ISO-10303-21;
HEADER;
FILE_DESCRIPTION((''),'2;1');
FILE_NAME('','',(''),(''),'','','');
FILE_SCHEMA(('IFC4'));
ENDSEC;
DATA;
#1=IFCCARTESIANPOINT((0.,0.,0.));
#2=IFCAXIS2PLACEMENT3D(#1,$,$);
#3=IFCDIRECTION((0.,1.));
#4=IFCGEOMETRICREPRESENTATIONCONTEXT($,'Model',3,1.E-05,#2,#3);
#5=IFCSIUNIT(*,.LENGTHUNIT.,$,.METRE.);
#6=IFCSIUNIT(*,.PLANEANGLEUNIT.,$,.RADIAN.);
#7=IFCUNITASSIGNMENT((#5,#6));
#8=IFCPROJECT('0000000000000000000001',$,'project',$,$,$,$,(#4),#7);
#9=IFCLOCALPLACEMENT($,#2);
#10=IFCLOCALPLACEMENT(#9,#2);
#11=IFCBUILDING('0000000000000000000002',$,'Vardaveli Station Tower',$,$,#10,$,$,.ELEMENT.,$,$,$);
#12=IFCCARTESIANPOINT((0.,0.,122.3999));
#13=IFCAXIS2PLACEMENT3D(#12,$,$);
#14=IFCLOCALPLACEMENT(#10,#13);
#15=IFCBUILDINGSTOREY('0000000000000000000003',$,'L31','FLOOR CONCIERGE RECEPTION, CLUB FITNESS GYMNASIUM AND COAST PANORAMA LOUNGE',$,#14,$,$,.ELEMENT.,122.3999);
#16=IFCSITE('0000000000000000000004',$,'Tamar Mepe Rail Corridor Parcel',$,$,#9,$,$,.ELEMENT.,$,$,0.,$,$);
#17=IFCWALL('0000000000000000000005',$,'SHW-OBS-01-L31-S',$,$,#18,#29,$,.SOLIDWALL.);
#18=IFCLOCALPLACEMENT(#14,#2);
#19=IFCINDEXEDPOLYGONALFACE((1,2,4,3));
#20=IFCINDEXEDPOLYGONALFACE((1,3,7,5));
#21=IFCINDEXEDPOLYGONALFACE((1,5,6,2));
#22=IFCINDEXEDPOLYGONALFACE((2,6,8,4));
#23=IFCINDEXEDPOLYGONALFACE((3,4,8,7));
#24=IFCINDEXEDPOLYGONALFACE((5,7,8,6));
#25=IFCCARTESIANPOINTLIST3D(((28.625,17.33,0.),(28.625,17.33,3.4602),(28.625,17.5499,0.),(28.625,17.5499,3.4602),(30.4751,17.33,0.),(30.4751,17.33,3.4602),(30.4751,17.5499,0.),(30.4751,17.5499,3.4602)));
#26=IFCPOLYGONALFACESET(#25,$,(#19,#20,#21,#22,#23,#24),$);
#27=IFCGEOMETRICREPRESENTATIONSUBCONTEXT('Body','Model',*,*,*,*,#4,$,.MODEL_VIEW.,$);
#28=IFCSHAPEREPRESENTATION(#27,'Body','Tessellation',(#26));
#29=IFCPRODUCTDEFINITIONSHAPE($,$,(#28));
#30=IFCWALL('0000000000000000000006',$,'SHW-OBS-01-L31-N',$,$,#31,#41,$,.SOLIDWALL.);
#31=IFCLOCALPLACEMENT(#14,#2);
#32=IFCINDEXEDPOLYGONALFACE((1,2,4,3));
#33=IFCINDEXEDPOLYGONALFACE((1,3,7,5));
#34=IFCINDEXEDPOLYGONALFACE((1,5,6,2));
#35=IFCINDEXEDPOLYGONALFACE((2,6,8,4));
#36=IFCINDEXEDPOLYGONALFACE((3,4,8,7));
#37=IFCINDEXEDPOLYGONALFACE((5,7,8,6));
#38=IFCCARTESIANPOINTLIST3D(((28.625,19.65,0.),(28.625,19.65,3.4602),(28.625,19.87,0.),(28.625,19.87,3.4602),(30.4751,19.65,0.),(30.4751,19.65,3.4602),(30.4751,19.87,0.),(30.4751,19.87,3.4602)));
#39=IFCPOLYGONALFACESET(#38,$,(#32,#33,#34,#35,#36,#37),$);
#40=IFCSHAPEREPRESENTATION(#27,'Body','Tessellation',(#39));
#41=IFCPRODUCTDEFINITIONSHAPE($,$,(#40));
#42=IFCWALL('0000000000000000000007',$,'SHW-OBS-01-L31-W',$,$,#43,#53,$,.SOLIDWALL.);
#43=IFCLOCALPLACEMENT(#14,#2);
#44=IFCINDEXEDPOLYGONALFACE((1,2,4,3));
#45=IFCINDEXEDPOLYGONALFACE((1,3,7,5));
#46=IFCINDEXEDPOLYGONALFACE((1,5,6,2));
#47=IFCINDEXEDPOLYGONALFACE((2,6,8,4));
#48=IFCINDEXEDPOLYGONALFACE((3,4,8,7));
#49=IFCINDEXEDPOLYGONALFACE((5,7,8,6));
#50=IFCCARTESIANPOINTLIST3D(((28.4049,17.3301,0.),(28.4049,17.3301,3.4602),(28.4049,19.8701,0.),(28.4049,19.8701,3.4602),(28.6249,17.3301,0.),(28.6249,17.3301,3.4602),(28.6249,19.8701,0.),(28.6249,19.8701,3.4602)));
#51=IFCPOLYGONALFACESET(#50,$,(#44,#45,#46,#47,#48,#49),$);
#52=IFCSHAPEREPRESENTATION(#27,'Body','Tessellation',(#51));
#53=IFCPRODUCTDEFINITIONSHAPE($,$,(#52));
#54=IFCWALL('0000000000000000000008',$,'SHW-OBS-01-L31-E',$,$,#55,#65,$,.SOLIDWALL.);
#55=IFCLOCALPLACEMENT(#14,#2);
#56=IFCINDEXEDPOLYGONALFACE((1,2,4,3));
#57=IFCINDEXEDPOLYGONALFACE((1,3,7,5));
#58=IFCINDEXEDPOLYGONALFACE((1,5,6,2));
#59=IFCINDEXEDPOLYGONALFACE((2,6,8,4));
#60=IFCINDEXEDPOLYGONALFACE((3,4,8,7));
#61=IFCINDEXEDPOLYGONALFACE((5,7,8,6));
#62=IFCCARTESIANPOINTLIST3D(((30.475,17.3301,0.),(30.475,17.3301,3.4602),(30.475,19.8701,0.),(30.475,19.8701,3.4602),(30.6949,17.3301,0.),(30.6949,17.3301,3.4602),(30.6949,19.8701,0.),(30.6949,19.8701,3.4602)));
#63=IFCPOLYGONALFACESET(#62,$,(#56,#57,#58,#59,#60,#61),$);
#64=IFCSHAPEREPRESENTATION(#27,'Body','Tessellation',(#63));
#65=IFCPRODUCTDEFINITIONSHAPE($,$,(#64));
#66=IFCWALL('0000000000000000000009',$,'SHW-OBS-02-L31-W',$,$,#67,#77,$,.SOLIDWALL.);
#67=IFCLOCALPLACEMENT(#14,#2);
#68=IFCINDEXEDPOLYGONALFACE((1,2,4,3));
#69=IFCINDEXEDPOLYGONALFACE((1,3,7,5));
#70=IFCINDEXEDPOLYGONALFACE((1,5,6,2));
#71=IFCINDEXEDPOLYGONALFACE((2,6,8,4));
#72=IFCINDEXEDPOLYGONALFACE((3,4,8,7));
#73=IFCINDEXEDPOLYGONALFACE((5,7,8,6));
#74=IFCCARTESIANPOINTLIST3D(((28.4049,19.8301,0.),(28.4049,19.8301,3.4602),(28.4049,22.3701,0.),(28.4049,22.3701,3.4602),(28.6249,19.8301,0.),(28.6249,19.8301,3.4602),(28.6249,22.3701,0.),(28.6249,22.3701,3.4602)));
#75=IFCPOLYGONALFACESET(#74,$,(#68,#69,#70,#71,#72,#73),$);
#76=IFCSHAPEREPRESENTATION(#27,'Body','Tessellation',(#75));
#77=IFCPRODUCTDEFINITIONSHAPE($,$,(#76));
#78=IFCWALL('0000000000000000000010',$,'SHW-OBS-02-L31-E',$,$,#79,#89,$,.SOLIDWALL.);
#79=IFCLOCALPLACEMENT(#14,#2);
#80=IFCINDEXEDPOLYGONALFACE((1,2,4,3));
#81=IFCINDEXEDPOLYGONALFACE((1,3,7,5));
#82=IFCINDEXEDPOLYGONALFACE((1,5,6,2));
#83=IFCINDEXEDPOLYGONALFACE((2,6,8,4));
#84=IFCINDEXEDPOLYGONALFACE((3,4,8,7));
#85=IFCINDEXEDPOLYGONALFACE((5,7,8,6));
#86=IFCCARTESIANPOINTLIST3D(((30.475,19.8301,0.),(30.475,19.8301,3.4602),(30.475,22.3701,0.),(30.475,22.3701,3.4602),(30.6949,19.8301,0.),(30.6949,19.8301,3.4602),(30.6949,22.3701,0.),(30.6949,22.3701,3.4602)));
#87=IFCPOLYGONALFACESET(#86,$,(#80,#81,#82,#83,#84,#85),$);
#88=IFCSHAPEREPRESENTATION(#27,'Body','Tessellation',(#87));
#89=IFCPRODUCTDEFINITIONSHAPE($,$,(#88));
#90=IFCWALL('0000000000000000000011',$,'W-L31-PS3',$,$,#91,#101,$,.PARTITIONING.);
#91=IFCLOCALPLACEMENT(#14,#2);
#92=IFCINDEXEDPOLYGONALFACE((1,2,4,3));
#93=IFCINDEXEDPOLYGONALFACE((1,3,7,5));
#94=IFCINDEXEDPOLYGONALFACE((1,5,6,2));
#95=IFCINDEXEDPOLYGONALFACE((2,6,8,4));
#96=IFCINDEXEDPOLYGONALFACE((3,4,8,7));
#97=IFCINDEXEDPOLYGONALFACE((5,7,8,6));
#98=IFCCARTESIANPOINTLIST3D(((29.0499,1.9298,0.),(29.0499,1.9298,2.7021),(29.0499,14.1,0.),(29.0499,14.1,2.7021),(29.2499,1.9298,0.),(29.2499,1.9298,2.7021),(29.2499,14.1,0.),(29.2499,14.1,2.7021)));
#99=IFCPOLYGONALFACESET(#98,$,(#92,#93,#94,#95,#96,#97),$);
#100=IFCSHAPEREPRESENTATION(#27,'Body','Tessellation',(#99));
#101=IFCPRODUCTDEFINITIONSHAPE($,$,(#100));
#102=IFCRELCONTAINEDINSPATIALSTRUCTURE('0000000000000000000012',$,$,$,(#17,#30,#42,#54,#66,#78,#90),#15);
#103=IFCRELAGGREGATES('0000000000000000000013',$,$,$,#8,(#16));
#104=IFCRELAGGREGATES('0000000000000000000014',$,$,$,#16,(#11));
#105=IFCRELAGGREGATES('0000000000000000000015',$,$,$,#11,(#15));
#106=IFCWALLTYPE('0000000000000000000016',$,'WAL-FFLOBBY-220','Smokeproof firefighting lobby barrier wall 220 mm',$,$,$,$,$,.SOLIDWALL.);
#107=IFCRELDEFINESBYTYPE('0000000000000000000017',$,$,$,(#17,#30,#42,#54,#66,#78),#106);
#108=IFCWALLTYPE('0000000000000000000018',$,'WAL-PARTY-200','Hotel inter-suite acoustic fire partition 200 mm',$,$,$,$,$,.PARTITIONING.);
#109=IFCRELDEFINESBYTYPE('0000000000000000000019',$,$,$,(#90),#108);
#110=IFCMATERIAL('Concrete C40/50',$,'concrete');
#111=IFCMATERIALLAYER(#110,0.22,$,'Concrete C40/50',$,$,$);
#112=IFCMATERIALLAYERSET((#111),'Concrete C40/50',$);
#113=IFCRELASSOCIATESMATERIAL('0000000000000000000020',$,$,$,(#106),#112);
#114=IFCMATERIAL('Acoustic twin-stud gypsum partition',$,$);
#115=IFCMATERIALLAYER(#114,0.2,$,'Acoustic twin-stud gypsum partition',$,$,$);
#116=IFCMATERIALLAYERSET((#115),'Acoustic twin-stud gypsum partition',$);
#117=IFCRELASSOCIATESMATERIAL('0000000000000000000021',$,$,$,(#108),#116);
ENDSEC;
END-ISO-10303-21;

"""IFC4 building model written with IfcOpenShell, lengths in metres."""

from ifc_helpers import new_model, si_unit, direction, frame, frame_2d, origin, place, context, subcontext, project, spatial, rectangle, extrude, source, transform, mapped, material, layer, layer_set, type_object, element, save


model = new_model("IFC4")

# Units and contexts
model_context = context("Model", 3, precision=1e-05, world=origin(), true_north=direction((0.0, 1.0)))
body_context = subcontext(model_context, "Body", "Model", "MODEL_VIEW")
ifc_project = project(units=[si_unit("LENGTHUNIT", "METRE"), si_unit("PLANEANGLEUNIT", "RADIAN")], contexts=[model_context])

# Site, building, storey
site_placement = place(None, origin())
site = spatial("IfcSite", under=ifc_project, at=site_placement, Name="Tamar Mepe Rail Corridor Parcel", CompositionType="ELEMENT", RefElevation=0.0)
building_placement = place(site_placement, origin())
building = spatial("IfcBuilding", under=site, at=building_placement, Name="Vardaveli Station Tower", CompositionType="ELEMENT")
storey_placement = place(building_placement, frame((0.0, 0.0, 122.3999)))
storey = spatial("IfcBuildingStorey", under=building, at=storey_placement, Name="L31", Description="FLOOR CONCIERGE RECEPTION, CLUB FITNESS GYMNASIUM AND COAST PANORAMA LOUNGE", CompositionType="ELEMENT", Elevation=122.3999)

# Walls
ifc_material_1 = material(Name="Concrete C40/50", Category="concrete")
ifc_layer_1 = layer(ifc_material_1, 0.22, Name="Concrete C40/50")
ifc_layer_set_1 = layer_set([ifc_layer_1], Name="Concrete C40/50")
wall_type_1 = type_object("IfcWallType", Name="WAL-FFLOBBY-220", Description="Smokeproof firefighting lobby barrier wall 220 mm", PredefinedType="SOLIDWALL", material=ifc_layer_set_1)
shared_shape_1 = source(origin(), body_context, "Body", "SweptSolid", [
    extrude(rectangle(XDim=1.8501, YDim=0.22, at=frame_2d((0.925, 0.0))), origin(), (0.0, 0.0, 1.0), 3.4602),
])
for number, where, z_axis, x_axis, name in (
    (1, (28.625, 17.4399, 0.0), (0.0, 0.0, 1.0), (1.0, 0.0, 0.0), "SHW-OBS-01-L31-S"),
    (2, (28.625, 19.76, 0.0), (0.0, 0.0, 1.0), (1.0, 0.0, 0.0), "SHW-OBS-01-L31-N"),
):
    element("IfcWall", number, at=place(storey_placement, frame(where, z_axis=z_axis, x_axis=x_axis)), inside=storey, type_object=wall_type_1, Name=name, PredefinedType="SOLIDWALL", context=body_context, shape_type="MappedRepresentation", body=[
        mapped(shared_shape_1, transform((0.0, 0.0, 0.0), scale=1.0)),
    ])
shared_shape_2 = source(origin(), body_context, "Body", "SweptSolid", [
    extrude(rectangle(XDim=2.54, YDim=0.22, at=frame_2d((1.27, 0.0))), origin(), (0.0, 0.0, 1.0), 3.4602),
])
for number, where, z_axis, x_axis, name in (
    (3, (28.5149, 17.3301, 0.0), (0.0, 0.0, 1.0), (0.0, 1.0, 0.0), "SHW-OBS-01-L31-W"),
    (4, (30.585, 17.3301, 0.0), (0.0, 0.0, 1.0), (0.0, 1.0, 0.0), "SHW-OBS-01-L31-E"),
    (5, (28.5149, 19.8301, 0.0), (0.0, 0.0, 1.0), (0.0, 1.0, 0.0), "SHW-OBS-02-L31-W"),
    (6, (30.585, 19.8301, 0.0), (0.0, 0.0, 1.0), (0.0, 1.0, 0.0), "SHW-OBS-02-L31-E"),
):
    element("IfcWall", number, at=place(storey_placement, frame(where, z_axis=z_axis, x_axis=x_axis)), inside=storey, type_object=wall_type_1, Name=name, PredefinedType="SOLIDWALL", context=body_context, shape_type="MappedRepresentation", body=[
        mapped(shared_shape_2, transform((0.0, 0.0, 0.0), scale=1.0)),
    ])
ifc_material_2 = material(Name="Acoustic twin-stud gypsum partition")
ifc_layer_2 = layer(ifc_material_2, 0.2, Name="Acoustic twin-stud gypsum partition")
ifc_layer_set_2 = layer_set([ifc_layer_2], Name="Acoustic twin-stud gypsum partition")
wall_type_2 = type_object("IfcWallType", Name="WAL-PARTY-200", Description="Hotel inter-suite acoustic fire partition 200 mm", PredefinedType="PARTITIONING", material=ifc_layer_set_2)
shared_shape_3 = source(origin(), body_context, "Body", "SweptSolid", [
    extrude(rectangle(XDim=12.1702, YDim=0.2, at=frame_2d((6.085, 0.0))), origin(), (0.0, 0.0, 1.0), 2.7021),
])
wall_placement = place(storey_placement, frame((29.1499, 1.9299, 0.0), z_axis=(0.0, 0.0, 1.0), x_axis=(0.0, 1.0, 0.0)))
element("IfcWall", 7, at=wall_placement, inside=storey, type_object=wall_type_2, Name="W-L31-PS3", PredefinedType="PARTITIONING", context=body_context, shape_type="MappedRepresentation", body=[
    mapped(shared_shape_3, transform((0.0, 0.0, 0.0), scale=1.0)),
])

save(model, "model.ifc")
